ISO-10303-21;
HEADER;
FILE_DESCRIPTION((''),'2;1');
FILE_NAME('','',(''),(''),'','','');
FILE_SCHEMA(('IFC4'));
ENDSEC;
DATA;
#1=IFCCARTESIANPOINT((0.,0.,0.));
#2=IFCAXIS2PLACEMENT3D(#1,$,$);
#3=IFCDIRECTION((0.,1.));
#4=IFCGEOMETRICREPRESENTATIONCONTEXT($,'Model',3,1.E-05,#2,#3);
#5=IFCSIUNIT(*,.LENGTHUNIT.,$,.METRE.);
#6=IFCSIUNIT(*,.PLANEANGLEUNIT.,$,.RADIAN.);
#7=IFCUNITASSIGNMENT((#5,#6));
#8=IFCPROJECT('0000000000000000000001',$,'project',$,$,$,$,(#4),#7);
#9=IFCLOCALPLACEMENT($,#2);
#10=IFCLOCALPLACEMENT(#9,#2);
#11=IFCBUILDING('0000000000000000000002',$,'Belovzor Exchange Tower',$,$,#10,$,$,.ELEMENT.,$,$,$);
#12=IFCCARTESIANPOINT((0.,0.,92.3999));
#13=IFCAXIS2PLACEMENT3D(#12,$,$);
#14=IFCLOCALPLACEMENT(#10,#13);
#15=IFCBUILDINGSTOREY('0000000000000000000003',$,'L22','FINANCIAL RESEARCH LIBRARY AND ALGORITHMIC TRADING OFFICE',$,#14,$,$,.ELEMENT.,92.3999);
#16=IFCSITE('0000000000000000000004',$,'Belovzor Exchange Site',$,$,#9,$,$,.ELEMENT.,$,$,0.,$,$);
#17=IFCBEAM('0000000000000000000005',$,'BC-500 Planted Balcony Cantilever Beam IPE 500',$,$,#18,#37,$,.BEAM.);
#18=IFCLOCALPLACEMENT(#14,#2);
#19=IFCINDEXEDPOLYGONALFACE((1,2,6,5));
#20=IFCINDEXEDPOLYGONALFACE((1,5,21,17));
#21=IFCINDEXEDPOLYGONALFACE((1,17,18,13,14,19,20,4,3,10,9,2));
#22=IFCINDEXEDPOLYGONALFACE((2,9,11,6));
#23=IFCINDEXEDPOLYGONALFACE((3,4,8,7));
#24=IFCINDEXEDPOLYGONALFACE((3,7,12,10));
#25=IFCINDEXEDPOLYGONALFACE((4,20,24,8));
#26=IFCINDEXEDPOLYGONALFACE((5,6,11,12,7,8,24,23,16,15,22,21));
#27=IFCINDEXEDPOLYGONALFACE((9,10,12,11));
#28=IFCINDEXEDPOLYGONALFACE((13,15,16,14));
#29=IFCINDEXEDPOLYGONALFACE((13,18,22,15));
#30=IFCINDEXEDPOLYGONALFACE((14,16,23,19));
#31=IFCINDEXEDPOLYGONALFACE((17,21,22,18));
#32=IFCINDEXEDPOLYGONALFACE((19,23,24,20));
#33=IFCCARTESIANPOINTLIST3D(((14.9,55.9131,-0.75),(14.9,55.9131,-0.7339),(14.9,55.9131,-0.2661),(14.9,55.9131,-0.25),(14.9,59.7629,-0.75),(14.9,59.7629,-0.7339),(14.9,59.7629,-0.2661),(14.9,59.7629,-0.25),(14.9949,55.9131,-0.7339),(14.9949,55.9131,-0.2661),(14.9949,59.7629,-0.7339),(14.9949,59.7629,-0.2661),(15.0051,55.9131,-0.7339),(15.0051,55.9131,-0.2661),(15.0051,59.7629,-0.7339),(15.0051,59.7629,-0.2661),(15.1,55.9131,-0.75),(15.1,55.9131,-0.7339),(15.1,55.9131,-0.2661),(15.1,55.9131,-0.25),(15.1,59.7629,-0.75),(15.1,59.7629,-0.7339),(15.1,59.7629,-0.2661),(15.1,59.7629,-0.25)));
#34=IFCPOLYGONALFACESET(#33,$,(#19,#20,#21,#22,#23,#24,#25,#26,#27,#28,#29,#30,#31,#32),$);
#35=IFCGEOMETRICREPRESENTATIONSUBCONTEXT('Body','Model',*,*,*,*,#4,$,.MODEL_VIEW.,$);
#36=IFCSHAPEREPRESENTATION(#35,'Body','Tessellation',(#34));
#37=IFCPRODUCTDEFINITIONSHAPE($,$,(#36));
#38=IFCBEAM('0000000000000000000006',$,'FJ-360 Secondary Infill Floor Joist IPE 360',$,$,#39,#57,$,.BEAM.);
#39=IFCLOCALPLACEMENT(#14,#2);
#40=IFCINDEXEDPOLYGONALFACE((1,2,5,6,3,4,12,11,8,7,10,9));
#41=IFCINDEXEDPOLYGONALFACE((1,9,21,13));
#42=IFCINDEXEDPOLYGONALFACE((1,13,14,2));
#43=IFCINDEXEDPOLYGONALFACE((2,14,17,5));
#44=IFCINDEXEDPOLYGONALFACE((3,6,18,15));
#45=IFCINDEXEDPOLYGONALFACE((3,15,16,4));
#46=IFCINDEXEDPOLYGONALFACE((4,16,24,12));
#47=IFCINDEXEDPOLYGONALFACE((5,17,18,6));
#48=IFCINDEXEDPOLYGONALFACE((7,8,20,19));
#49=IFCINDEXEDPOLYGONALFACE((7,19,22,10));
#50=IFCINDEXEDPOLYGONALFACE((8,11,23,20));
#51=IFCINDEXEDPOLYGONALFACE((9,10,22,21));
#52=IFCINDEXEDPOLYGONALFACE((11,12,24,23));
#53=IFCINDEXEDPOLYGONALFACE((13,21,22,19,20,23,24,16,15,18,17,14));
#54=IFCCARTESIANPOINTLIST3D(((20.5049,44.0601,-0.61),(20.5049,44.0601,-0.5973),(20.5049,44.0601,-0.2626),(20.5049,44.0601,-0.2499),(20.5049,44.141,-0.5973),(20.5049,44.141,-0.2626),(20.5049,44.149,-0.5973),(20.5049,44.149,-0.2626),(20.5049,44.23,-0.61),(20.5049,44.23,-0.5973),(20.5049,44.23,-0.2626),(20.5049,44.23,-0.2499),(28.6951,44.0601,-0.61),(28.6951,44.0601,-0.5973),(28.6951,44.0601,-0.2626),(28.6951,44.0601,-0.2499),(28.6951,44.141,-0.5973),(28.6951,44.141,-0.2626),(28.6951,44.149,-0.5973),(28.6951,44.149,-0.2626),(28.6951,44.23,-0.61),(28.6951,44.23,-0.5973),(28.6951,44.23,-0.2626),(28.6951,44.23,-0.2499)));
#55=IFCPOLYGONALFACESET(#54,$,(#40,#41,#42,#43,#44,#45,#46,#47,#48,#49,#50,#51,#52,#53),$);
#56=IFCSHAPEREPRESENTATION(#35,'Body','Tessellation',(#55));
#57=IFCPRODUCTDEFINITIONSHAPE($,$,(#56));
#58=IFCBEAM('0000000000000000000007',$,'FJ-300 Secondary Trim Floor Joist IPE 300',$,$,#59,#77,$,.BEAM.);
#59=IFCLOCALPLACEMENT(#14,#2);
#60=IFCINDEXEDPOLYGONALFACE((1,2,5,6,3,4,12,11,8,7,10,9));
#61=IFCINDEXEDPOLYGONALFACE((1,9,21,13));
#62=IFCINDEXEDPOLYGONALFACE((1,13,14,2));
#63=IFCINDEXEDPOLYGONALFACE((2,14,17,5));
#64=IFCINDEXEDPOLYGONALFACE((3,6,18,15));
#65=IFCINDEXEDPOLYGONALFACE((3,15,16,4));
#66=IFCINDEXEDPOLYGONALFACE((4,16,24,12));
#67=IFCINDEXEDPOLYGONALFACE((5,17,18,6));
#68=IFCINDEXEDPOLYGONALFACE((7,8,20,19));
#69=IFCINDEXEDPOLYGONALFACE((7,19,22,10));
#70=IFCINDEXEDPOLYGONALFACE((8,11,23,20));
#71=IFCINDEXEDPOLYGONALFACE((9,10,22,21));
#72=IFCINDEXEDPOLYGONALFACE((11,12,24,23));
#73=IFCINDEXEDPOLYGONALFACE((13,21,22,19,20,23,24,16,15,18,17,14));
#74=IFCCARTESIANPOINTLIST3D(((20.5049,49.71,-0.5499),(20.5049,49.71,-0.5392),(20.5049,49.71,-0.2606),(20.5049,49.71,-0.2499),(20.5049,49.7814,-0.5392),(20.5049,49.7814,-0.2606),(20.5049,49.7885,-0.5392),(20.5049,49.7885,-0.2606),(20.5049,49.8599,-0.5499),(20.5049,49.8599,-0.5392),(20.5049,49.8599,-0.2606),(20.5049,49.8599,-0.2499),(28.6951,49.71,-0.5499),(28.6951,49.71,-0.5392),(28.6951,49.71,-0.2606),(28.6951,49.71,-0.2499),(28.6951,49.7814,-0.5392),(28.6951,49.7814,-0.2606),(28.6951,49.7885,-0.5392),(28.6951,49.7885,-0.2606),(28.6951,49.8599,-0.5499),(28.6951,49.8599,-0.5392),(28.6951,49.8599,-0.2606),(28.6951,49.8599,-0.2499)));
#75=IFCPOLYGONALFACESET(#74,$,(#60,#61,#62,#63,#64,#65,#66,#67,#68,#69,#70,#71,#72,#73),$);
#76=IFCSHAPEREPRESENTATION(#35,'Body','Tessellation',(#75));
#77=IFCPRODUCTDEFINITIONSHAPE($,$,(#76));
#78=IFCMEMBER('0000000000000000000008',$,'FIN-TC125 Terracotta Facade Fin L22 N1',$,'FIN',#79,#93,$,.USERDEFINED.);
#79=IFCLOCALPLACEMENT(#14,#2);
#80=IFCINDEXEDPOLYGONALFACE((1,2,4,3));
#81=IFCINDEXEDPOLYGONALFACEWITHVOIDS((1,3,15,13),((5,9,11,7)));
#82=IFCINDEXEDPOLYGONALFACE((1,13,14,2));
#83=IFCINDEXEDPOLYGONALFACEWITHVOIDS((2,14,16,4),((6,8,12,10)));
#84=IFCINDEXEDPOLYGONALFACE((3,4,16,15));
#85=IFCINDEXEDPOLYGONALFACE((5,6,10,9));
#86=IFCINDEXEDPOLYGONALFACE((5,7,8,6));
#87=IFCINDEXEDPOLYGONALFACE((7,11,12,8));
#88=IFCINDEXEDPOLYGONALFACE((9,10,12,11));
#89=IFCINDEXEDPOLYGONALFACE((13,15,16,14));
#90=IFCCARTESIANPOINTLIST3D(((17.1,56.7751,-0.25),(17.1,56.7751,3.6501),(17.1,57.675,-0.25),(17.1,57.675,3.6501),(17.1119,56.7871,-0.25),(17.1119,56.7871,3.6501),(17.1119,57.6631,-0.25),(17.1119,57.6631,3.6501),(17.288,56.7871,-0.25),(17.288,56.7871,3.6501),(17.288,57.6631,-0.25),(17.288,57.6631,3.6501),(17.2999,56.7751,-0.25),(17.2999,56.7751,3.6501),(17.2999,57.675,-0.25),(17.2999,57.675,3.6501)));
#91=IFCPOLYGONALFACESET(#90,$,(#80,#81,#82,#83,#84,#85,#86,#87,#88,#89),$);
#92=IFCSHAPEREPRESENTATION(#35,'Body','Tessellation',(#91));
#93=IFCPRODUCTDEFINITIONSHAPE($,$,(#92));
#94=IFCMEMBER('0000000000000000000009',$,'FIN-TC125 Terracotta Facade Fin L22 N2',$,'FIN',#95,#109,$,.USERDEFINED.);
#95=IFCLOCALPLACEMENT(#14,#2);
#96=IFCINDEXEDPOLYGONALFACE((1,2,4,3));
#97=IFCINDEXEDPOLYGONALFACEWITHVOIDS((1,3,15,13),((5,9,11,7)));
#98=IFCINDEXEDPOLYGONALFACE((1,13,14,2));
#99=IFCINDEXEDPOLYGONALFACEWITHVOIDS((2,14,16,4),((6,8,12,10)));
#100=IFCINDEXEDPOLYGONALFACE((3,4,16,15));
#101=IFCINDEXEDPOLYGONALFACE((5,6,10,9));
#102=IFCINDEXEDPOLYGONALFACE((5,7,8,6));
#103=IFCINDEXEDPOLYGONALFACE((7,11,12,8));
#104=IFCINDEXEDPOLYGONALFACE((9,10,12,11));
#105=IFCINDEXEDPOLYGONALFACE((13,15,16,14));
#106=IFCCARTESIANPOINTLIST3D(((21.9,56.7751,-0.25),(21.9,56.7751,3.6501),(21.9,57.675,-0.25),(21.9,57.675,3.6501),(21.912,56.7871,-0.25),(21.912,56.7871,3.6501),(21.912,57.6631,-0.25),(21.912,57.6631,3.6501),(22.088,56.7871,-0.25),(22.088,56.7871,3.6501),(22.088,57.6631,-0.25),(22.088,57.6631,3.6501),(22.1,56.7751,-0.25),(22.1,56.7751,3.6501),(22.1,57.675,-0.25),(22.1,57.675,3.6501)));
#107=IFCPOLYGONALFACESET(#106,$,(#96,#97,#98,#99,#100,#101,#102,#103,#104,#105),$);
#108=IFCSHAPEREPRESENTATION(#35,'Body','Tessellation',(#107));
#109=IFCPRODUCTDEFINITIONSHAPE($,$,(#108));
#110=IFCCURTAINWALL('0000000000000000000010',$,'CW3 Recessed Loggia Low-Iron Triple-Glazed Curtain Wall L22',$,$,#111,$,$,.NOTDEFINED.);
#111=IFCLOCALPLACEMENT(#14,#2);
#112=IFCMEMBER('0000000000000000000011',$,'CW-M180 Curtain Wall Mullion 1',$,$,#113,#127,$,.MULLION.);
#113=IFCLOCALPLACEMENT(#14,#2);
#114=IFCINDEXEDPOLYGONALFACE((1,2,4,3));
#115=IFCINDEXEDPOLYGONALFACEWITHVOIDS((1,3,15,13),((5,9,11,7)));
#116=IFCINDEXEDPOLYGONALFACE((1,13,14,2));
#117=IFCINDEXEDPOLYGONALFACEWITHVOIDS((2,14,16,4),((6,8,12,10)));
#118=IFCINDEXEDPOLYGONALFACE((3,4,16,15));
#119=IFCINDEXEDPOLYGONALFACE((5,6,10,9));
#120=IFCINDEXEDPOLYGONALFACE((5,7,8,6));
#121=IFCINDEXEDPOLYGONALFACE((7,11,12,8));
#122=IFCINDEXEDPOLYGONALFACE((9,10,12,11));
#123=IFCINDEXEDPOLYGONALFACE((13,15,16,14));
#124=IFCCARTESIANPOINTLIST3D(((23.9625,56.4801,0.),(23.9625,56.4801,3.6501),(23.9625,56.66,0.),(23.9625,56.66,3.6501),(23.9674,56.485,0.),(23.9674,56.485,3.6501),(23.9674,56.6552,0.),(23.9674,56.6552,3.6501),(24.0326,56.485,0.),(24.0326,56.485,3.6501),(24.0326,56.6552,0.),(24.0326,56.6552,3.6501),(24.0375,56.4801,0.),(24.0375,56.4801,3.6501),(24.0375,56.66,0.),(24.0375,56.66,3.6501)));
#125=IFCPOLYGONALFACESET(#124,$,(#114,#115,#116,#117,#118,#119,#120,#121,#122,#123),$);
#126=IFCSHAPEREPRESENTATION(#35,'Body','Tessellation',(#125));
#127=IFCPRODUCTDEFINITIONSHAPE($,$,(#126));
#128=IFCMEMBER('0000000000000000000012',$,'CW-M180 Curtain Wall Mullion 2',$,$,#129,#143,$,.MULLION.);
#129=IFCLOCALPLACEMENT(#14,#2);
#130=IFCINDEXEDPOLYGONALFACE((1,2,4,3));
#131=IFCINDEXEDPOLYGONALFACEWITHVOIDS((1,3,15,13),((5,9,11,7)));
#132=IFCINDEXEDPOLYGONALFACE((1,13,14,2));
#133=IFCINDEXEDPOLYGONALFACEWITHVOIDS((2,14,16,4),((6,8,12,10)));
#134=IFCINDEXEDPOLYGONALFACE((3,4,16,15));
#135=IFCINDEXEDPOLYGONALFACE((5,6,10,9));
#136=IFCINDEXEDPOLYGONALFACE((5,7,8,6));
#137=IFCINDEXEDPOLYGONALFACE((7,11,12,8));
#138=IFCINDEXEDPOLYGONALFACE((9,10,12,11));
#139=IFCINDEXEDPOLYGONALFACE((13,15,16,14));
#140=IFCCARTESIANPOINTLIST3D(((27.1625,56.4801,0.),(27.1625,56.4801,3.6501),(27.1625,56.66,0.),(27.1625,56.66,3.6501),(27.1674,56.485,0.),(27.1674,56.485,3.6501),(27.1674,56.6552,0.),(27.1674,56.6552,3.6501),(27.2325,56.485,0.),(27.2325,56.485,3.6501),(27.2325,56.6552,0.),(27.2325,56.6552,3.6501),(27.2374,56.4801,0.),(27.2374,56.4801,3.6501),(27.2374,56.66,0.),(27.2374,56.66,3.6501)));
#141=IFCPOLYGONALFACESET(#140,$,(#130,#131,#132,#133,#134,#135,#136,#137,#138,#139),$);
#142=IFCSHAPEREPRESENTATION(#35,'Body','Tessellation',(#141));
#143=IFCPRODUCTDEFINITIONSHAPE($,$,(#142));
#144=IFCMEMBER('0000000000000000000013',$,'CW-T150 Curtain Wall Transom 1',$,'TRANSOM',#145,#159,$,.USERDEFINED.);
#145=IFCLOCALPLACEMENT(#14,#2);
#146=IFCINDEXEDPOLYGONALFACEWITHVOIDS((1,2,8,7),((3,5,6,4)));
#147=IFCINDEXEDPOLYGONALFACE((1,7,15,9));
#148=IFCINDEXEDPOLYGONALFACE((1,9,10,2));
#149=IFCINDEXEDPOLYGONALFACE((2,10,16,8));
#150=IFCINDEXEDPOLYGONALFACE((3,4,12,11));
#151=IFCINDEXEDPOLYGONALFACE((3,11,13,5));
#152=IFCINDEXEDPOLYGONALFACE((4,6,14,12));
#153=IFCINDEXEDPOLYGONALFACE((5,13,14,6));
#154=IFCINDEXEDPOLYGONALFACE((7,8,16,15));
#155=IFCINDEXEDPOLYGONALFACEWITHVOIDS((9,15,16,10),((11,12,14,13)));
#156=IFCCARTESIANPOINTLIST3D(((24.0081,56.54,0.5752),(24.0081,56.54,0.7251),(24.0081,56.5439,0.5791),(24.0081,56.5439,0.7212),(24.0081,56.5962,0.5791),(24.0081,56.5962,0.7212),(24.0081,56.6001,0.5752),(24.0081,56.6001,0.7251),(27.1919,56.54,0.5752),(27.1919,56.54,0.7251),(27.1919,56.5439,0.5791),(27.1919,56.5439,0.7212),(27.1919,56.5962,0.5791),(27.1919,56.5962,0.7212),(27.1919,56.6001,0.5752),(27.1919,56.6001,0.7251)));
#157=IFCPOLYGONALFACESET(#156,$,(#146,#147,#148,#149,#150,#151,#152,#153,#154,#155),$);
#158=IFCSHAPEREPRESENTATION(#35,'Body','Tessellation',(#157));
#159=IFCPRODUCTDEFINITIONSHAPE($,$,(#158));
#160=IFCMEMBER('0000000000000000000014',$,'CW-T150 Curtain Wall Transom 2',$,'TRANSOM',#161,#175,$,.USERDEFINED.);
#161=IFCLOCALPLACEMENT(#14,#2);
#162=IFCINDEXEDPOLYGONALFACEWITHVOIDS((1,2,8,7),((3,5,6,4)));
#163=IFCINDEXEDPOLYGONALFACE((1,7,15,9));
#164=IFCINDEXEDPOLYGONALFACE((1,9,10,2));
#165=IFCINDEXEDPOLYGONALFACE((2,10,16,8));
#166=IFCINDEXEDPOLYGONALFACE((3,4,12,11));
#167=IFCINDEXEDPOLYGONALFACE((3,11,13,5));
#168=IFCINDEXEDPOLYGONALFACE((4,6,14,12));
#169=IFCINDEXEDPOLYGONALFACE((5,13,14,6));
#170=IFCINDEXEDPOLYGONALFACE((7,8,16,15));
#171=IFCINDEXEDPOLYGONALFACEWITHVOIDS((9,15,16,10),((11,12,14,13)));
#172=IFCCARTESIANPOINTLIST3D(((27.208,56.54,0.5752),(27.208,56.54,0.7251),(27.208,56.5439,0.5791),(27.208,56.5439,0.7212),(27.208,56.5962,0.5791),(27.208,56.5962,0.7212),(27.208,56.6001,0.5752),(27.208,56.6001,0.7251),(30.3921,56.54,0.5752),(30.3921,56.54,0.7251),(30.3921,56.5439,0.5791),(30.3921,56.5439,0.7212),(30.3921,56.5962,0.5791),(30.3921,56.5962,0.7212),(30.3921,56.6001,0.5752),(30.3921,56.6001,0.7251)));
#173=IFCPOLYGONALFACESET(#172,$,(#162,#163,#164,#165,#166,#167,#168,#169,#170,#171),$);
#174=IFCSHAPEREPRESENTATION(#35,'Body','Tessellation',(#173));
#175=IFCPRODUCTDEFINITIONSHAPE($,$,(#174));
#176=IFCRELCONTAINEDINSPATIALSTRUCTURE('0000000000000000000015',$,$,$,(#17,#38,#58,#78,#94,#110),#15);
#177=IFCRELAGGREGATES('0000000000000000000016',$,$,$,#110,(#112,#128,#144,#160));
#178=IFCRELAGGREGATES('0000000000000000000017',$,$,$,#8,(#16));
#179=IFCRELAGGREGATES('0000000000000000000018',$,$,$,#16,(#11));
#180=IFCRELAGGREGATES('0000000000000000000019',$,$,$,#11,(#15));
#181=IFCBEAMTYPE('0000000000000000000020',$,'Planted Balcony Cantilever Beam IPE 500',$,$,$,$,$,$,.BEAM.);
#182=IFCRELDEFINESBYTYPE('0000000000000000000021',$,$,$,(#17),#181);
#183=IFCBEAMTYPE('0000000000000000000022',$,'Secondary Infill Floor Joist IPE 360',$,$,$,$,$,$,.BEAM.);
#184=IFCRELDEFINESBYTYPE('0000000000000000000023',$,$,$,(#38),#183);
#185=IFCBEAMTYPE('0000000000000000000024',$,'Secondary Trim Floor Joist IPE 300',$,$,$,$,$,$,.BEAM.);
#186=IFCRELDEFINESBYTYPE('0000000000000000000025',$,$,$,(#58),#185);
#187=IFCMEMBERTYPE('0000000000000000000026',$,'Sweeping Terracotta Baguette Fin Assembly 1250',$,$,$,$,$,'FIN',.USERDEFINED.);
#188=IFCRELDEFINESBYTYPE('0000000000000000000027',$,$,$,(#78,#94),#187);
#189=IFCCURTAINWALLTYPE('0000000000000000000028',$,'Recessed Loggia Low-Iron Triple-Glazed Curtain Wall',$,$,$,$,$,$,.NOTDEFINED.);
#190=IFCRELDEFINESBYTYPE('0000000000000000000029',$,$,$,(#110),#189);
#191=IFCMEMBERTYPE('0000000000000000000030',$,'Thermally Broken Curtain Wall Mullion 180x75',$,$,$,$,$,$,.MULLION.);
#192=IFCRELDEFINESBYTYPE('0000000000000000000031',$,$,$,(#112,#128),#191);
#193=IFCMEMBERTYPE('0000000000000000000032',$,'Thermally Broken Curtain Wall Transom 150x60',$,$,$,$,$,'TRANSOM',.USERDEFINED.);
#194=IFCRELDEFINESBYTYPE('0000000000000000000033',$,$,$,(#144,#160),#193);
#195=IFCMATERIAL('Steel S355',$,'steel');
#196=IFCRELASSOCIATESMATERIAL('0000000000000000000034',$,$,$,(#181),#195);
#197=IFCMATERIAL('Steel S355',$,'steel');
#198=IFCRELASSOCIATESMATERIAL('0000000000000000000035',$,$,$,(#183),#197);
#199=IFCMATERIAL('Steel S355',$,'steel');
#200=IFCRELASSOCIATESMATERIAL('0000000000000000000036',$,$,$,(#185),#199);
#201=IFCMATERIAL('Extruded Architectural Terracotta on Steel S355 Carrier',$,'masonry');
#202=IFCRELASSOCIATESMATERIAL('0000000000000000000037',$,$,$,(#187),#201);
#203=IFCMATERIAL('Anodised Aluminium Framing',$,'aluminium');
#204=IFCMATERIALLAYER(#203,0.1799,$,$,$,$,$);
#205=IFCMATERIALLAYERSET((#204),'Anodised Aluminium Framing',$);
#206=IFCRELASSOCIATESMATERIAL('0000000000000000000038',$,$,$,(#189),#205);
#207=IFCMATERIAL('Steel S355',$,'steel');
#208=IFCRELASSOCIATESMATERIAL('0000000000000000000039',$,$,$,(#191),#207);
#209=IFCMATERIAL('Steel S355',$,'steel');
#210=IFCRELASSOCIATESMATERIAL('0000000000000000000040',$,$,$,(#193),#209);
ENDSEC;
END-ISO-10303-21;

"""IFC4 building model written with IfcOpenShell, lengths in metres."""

from ifc_helpers import new_model, si_unit, direction, frame, origin, origin_2d, place, context, subcontext, project, spatial, hollow_rectangle, i_section, extrude, material, layer, layer_set, material_profile, profile_set, type_object, element, aggregate, save


model = new_model("IFC4")

# Units and contexts
model_context = context("Model", 3, precision=1e-05, world=origin(), true_north=direction((0.0, 1.0)))
body_context = subcontext(model_context, "Body", "Model", "MODEL_VIEW")
ifc_project = project(units=[si_unit("LENGTHUNIT", "METRE"), si_unit("PLANEANGLEUNIT", "RADIAN")], contexts=[model_context])

# Site, building, storey
site_placement = place(None, origin())
site = spatial("IfcSite", under=ifc_project, at=site_placement, Name="Belovzor Exchange Site", CompositionType="ELEMENT", RefElevation=0.0)
building_placement = place(site_placement, origin())
building = spatial("IfcBuilding", under=site, at=building_placement, Name="Belovzor Exchange Tower", CompositionType="ELEMENT")
storey_placement = place(building_placement, frame((0.0, 0.0, 92.3999)))
storey = spatial("IfcBuildingStorey", under=building, at=storey_placement, Name="L22", Description="FINANCIAL RESEARCH LIBRARY AND ALGORITHMIC TRADING OFFICE", CompositionType="ELEMENT", Elevation=92.3999)

# Beams
ifc_material_1 = material(Name="Steel S355", Category="steel")
ifc_material_profile_1 = material_profile(ifc_material_1, i_section(OverallWidth=0.2, OverallDepth=0.5, WebThickness=0.0103, FlangeThickness=0.0161, at=origin_2d()))
ifc_profile_set_1 = profile_set([ifc_material_profile_1], Name="Steel S355")
beam_type_1 = type_object("IfcBeamType", Name="Planted Balcony Cantilever Beam IPE 500", PredefinedType="BEAM", material=ifc_profile_set_1)
beam_1_placement = place(storey_placement, frame((15.0, 55.9131, -0.5), z_axis=(0.0, 1.0, 0.0), x_axis=(-1.0, 0.0, 0.0)))
element("IfcBeam", 1, at=beam_1_placement, inside=storey, type_object=beam_type_1, Name="BC-500 Planted Balcony Cantilever Beam IPE 500", PredefinedType="BEAM", context=body_context, shape_type="SweptSolid", body=[
    extrude(i_section(OverallWidth=0.2, OverallDepth=0.5, WebThickness=0.0103, FlangeThickness=0.0161, at=origin_2d()), origin(), (0.0, 0.0, 1.0), 3.8499),
])
ifc_material_2 = material(Name="Steel S355", Category="steel")
ifc_material_profile_2 = material_profile(ifc_material_2, i_section(OverallWidth=0.1699, OverallDepth=0.3601, WebThickness=0.0081, FlangeThickness=0.0127, at=origin_2d()))
ifc_profile_set_2 = profile_set([ifc_material_profile_2], Name="Steel S355")
beam_type_2 = type_object("IfcBeamType", Name="Secondary Infill Floor Joist IPE 360", PredefinedType="BEAM", material=ifc_profile_set_2)
beam_2_placement = place(storey_placement, frame((20.5049, 44.145, -0.4299), z_axis=(1.0, 0.0, 0.0), x_axis=(0.0, 1.0, 0.0)))
element("IfcBeam", 2, at=beam_2_placement, inside=storey, type_object=beam_type_2, Name="FJ-360 Secondary Infill Floor Joist IPE 360", PredefinedType="BEAM", context=body_context, shape_type="SweptSolid", body=[
    extrude(i_section(OverallWidth=0.1699, OverallDepth=0.3601, WebThickness=0.0081, FlangeThickness=0.0127, at=origin_2d()), origin(), (0.0, 0.0, 1.0), 8.1902),
])
ifc_material_3 = material(Name="Steel S355", Category="steel")
ifc_material_profile_3 = material_profile(ifc_material_3, i_section(OverallWidth=0.1499, OverallDepth=0.3, WebThickness=0.0071, FlangeThickness=0.0107, at=origin_2d()))
ifc_profile_set_3 = profile_set([ifc_material_profile_3], Name="Steel S355")
beam_type_3 = type_object("IfcBeamType", Name="Secondary Trim Floor Joist IPE 300", PredefinedType="BEAM", material=ifc_profile_set_3)
beam_3_placement = place(storey_placement, frame((20.5049, 49.7849, -0.3999), z_axis=(1.0, 0.0, 0.0), x_axis=(0.0, 1.0, 0.0)))
element("IfcBeam", 3, at=beam_3_placement, inside=storey, type_object=beam_type_3, Name="FJ-300 Secondary Trim Floor Joist IPE 300", PredefinedType="BEAM", context=body_context, shape_type="SweptSolid", body=[
    extrude(i_section(OverallWidth=0.1499, OverallDepth=0.3, WebThickness=0.0071, FlangeThickness=0.0107, at=origin_2d()), origin(), (0.0, 0.0, 1.0), 8.1902),
])

# Members
ifc_material_4 = material(Name="Extruded Architectural Terracotta on Steel S355 Carrier", Category="masonry")
ifc_material_profile_4 = material_profile(ifc_material_4, hollow_rectangle(XDim=0.2, YDim=0.8999, WallThickness=0.012, at=origin_2d()))
ifc_profile_set_4 = profile_set([ifc_material_profile_4], Name="Extruded Architectural Terracotta on Steel S355 Carrier")
member_type_1 = type_object("IfcMemberType", Name="Sweeping Terracotta Baguette Fin Assembly 1250", ElementType="FIN", PredefinedType="USERDEFINED", material=ifc_profile_set_4)
for number, where, z_axis, x_axis, name in (
    (4, (17.2, 57.2251, -0.25), (0.0, 0.0, 1.0), (1.0, 0.0, 0.0), "FIN-TC125 Terracotta Facade Fin L22 N1"),
    (5, (22.0, 57.2251, -0.25), (0.0, 0.0, 1.0), (1.0, 0.0, 0.0), "FIN-TC125 Terracotta Facade Fin L22 N2"),
):
    element("IfcMember", number, at=place(storey_placement, frame(where, z_axis=z_axis, x_axis=x_axis)), inside=storey, type_object=member_type_1, Name=name, ObjectType="FIN", PredefinedType="USERDEFINED", context=body_context, shape_type="SweptSolid", body=[
        extrude(hollow_rectangle(XDim=0.2, YDim=0.8999, WallThickness=0.012, at=origin_2d()), origin(), (0.0, 0.0, 1.0), 3.9001),
    ])

# Curtain wall, members
ifc_material_5 = material(Name="Anodised Aluminium Framing", Category="aluminium")
ifc_layer_1 = layer(ifc_material_5, 0.1799)
ifc_layer_set_1 = layer_set([ifc_layer_1], Name="Anodised Aluminium Framing")
curtain_wall_type = type_object("IfcCurtainWallType", Name="Recessed Loggia Low-Iron Triple-Glazed Curtain Wall", PredefinedType="NOTDEFINED", material=ifc_layer_set_1)
curtain_wall_placement = place(storey_placement, origin())
curtain_wall = element("IfcCurtainWall", 6, at=curtain_wall_placement, inside=storey, type_object=curtain_wall_type, Name="CW3 Recessed Loggia Low-Iron Triple-Glazed Curtain Wall L22", PredefinedType="NOTDEFINED")
ifc_material_6 = material(Name="Steel S355", Category="steel")
ifc_material_profile_5 = material_profile(ifc_material_6, hollow_rectangle(XDim=0.075, YDim=0.1799, WallThickness=0.0049, at=origin_2d()))
ifc_profile_set_5 = profile_set([ifc_material_profile_5], Name="Steel S355")
member_type_2 = type_object("IfcMemberType", Name="Thermally Broken Curtain Wall Mullion 180x75", PredefinedType="MULLION", material=ifc_profile_set_5)
member_1_placement = place(storey_placement, frame((24.0, 56.5701, 0.0), z_axis=(0.0, 0.0, 1.0), x_axis=(1.0, 0.0, 0.0)))
member_1 = element("IfcMember", 7, at=member_1_placement, type_object=member_type_2, Name="CW-M180 Curtain Wall Mullion 1", PredefinedType="MULLION", context=body_context, shape_type="SweptSolid", body=[
    extrude(hollow_rectangle(XDim=0.075, YDim=0.1799, WallThickness=0.0049, at=origin_2d()), origin(), (0.0, 0.0, 1.0), 3.6501),
])
member_2_placement = place(storey_placement, frame((27.2, 56.5701, 0.0), z_axis=(0.0, 0.0, 1.0), x_axis=(1.0, 0.0, 0.0)))
member_2 = element("IfcMember", 8, at=member_2_placement, type_object=member_type_2, Name="CW-M180 Curtain Wall Mullion 2", PredefinedType="MULLION", context=body_context, shape_type="SweptSolid", body=[
    extrude(hollow_rectangle(XDim=0.075, YDim=0.1799, WallThickness=0.0049, at=origin_2d()), origin(), (0.0, 0.0, 1.0), 3.6501),
])
ifc_material_7 = material(Name="Steel S355", Category="steel")
ifc_material_profile_6 = material_profile(ifc_material_7, hollow_rectangle(XDim=0.0601, YDim=0.1499, WallThickness=0.0039, at=origin_2d()))
ifc_profile_set_6 = profile_set([ifc_material_profile_6], Name="Steel S355")
member_type_3 = type_object("IfcMemberType", Name="Thermally Broken Curtain Wall Transom 150x60", ElementType="TRANSOM", PredefinedType="USERDEFINED", material=ifc_profile_set_6)
member_3_placement = place(storey_placement, frame((24.0081, 56.5701, 0.6501), z_axis=(1.0, 0.0, 0.0), x_axis=(0.0, 1.0, 0.0)))
member_3 = element("IfcMember", 9, at=member_3_placement, type_object=member_type_3, Name="CW-T150 Curtain Wall Transom 1", ObjectType="TRANSOM", PredefinedType="USERDEFINED", context=body_context, shape_type="SweptSolid", body=[
    extrude(hollow_rectangle(XDim=0.0601, YDim=0.1499, WallThickness=0.0039, at=origin_2d()), origin(), (0.0, 0.0, 1.0), 3.1838),
])
member_4_placement = place(storey_placement, frame((27.208, 56.5701, 0.6501), z_axis=(1.0, 0.0, 0.0), x_axis=(0.0, 1.0, 0.0)))
member_4 = element("IfcMember", 10, at=member_4_placement, type_object=member_type_3, Name="CW-T150 Curtain Wall Transom 2", ObjectType="TRANSOM", PredefinedType="USERDEFINED", context=body_context, shape_type="SweptSolid", body=[
    extrude(hollow_rectangle(XDim=0.0601, YDim=0.1499, WallThickness=0.0039, at=origin_2d()), origin(), (0.0, 0.0, 1.0), 3.1841),
])

aggregate(curtain_wall, [member_1, member_2, member_3, member_4])

save(model, "model.ifc")
